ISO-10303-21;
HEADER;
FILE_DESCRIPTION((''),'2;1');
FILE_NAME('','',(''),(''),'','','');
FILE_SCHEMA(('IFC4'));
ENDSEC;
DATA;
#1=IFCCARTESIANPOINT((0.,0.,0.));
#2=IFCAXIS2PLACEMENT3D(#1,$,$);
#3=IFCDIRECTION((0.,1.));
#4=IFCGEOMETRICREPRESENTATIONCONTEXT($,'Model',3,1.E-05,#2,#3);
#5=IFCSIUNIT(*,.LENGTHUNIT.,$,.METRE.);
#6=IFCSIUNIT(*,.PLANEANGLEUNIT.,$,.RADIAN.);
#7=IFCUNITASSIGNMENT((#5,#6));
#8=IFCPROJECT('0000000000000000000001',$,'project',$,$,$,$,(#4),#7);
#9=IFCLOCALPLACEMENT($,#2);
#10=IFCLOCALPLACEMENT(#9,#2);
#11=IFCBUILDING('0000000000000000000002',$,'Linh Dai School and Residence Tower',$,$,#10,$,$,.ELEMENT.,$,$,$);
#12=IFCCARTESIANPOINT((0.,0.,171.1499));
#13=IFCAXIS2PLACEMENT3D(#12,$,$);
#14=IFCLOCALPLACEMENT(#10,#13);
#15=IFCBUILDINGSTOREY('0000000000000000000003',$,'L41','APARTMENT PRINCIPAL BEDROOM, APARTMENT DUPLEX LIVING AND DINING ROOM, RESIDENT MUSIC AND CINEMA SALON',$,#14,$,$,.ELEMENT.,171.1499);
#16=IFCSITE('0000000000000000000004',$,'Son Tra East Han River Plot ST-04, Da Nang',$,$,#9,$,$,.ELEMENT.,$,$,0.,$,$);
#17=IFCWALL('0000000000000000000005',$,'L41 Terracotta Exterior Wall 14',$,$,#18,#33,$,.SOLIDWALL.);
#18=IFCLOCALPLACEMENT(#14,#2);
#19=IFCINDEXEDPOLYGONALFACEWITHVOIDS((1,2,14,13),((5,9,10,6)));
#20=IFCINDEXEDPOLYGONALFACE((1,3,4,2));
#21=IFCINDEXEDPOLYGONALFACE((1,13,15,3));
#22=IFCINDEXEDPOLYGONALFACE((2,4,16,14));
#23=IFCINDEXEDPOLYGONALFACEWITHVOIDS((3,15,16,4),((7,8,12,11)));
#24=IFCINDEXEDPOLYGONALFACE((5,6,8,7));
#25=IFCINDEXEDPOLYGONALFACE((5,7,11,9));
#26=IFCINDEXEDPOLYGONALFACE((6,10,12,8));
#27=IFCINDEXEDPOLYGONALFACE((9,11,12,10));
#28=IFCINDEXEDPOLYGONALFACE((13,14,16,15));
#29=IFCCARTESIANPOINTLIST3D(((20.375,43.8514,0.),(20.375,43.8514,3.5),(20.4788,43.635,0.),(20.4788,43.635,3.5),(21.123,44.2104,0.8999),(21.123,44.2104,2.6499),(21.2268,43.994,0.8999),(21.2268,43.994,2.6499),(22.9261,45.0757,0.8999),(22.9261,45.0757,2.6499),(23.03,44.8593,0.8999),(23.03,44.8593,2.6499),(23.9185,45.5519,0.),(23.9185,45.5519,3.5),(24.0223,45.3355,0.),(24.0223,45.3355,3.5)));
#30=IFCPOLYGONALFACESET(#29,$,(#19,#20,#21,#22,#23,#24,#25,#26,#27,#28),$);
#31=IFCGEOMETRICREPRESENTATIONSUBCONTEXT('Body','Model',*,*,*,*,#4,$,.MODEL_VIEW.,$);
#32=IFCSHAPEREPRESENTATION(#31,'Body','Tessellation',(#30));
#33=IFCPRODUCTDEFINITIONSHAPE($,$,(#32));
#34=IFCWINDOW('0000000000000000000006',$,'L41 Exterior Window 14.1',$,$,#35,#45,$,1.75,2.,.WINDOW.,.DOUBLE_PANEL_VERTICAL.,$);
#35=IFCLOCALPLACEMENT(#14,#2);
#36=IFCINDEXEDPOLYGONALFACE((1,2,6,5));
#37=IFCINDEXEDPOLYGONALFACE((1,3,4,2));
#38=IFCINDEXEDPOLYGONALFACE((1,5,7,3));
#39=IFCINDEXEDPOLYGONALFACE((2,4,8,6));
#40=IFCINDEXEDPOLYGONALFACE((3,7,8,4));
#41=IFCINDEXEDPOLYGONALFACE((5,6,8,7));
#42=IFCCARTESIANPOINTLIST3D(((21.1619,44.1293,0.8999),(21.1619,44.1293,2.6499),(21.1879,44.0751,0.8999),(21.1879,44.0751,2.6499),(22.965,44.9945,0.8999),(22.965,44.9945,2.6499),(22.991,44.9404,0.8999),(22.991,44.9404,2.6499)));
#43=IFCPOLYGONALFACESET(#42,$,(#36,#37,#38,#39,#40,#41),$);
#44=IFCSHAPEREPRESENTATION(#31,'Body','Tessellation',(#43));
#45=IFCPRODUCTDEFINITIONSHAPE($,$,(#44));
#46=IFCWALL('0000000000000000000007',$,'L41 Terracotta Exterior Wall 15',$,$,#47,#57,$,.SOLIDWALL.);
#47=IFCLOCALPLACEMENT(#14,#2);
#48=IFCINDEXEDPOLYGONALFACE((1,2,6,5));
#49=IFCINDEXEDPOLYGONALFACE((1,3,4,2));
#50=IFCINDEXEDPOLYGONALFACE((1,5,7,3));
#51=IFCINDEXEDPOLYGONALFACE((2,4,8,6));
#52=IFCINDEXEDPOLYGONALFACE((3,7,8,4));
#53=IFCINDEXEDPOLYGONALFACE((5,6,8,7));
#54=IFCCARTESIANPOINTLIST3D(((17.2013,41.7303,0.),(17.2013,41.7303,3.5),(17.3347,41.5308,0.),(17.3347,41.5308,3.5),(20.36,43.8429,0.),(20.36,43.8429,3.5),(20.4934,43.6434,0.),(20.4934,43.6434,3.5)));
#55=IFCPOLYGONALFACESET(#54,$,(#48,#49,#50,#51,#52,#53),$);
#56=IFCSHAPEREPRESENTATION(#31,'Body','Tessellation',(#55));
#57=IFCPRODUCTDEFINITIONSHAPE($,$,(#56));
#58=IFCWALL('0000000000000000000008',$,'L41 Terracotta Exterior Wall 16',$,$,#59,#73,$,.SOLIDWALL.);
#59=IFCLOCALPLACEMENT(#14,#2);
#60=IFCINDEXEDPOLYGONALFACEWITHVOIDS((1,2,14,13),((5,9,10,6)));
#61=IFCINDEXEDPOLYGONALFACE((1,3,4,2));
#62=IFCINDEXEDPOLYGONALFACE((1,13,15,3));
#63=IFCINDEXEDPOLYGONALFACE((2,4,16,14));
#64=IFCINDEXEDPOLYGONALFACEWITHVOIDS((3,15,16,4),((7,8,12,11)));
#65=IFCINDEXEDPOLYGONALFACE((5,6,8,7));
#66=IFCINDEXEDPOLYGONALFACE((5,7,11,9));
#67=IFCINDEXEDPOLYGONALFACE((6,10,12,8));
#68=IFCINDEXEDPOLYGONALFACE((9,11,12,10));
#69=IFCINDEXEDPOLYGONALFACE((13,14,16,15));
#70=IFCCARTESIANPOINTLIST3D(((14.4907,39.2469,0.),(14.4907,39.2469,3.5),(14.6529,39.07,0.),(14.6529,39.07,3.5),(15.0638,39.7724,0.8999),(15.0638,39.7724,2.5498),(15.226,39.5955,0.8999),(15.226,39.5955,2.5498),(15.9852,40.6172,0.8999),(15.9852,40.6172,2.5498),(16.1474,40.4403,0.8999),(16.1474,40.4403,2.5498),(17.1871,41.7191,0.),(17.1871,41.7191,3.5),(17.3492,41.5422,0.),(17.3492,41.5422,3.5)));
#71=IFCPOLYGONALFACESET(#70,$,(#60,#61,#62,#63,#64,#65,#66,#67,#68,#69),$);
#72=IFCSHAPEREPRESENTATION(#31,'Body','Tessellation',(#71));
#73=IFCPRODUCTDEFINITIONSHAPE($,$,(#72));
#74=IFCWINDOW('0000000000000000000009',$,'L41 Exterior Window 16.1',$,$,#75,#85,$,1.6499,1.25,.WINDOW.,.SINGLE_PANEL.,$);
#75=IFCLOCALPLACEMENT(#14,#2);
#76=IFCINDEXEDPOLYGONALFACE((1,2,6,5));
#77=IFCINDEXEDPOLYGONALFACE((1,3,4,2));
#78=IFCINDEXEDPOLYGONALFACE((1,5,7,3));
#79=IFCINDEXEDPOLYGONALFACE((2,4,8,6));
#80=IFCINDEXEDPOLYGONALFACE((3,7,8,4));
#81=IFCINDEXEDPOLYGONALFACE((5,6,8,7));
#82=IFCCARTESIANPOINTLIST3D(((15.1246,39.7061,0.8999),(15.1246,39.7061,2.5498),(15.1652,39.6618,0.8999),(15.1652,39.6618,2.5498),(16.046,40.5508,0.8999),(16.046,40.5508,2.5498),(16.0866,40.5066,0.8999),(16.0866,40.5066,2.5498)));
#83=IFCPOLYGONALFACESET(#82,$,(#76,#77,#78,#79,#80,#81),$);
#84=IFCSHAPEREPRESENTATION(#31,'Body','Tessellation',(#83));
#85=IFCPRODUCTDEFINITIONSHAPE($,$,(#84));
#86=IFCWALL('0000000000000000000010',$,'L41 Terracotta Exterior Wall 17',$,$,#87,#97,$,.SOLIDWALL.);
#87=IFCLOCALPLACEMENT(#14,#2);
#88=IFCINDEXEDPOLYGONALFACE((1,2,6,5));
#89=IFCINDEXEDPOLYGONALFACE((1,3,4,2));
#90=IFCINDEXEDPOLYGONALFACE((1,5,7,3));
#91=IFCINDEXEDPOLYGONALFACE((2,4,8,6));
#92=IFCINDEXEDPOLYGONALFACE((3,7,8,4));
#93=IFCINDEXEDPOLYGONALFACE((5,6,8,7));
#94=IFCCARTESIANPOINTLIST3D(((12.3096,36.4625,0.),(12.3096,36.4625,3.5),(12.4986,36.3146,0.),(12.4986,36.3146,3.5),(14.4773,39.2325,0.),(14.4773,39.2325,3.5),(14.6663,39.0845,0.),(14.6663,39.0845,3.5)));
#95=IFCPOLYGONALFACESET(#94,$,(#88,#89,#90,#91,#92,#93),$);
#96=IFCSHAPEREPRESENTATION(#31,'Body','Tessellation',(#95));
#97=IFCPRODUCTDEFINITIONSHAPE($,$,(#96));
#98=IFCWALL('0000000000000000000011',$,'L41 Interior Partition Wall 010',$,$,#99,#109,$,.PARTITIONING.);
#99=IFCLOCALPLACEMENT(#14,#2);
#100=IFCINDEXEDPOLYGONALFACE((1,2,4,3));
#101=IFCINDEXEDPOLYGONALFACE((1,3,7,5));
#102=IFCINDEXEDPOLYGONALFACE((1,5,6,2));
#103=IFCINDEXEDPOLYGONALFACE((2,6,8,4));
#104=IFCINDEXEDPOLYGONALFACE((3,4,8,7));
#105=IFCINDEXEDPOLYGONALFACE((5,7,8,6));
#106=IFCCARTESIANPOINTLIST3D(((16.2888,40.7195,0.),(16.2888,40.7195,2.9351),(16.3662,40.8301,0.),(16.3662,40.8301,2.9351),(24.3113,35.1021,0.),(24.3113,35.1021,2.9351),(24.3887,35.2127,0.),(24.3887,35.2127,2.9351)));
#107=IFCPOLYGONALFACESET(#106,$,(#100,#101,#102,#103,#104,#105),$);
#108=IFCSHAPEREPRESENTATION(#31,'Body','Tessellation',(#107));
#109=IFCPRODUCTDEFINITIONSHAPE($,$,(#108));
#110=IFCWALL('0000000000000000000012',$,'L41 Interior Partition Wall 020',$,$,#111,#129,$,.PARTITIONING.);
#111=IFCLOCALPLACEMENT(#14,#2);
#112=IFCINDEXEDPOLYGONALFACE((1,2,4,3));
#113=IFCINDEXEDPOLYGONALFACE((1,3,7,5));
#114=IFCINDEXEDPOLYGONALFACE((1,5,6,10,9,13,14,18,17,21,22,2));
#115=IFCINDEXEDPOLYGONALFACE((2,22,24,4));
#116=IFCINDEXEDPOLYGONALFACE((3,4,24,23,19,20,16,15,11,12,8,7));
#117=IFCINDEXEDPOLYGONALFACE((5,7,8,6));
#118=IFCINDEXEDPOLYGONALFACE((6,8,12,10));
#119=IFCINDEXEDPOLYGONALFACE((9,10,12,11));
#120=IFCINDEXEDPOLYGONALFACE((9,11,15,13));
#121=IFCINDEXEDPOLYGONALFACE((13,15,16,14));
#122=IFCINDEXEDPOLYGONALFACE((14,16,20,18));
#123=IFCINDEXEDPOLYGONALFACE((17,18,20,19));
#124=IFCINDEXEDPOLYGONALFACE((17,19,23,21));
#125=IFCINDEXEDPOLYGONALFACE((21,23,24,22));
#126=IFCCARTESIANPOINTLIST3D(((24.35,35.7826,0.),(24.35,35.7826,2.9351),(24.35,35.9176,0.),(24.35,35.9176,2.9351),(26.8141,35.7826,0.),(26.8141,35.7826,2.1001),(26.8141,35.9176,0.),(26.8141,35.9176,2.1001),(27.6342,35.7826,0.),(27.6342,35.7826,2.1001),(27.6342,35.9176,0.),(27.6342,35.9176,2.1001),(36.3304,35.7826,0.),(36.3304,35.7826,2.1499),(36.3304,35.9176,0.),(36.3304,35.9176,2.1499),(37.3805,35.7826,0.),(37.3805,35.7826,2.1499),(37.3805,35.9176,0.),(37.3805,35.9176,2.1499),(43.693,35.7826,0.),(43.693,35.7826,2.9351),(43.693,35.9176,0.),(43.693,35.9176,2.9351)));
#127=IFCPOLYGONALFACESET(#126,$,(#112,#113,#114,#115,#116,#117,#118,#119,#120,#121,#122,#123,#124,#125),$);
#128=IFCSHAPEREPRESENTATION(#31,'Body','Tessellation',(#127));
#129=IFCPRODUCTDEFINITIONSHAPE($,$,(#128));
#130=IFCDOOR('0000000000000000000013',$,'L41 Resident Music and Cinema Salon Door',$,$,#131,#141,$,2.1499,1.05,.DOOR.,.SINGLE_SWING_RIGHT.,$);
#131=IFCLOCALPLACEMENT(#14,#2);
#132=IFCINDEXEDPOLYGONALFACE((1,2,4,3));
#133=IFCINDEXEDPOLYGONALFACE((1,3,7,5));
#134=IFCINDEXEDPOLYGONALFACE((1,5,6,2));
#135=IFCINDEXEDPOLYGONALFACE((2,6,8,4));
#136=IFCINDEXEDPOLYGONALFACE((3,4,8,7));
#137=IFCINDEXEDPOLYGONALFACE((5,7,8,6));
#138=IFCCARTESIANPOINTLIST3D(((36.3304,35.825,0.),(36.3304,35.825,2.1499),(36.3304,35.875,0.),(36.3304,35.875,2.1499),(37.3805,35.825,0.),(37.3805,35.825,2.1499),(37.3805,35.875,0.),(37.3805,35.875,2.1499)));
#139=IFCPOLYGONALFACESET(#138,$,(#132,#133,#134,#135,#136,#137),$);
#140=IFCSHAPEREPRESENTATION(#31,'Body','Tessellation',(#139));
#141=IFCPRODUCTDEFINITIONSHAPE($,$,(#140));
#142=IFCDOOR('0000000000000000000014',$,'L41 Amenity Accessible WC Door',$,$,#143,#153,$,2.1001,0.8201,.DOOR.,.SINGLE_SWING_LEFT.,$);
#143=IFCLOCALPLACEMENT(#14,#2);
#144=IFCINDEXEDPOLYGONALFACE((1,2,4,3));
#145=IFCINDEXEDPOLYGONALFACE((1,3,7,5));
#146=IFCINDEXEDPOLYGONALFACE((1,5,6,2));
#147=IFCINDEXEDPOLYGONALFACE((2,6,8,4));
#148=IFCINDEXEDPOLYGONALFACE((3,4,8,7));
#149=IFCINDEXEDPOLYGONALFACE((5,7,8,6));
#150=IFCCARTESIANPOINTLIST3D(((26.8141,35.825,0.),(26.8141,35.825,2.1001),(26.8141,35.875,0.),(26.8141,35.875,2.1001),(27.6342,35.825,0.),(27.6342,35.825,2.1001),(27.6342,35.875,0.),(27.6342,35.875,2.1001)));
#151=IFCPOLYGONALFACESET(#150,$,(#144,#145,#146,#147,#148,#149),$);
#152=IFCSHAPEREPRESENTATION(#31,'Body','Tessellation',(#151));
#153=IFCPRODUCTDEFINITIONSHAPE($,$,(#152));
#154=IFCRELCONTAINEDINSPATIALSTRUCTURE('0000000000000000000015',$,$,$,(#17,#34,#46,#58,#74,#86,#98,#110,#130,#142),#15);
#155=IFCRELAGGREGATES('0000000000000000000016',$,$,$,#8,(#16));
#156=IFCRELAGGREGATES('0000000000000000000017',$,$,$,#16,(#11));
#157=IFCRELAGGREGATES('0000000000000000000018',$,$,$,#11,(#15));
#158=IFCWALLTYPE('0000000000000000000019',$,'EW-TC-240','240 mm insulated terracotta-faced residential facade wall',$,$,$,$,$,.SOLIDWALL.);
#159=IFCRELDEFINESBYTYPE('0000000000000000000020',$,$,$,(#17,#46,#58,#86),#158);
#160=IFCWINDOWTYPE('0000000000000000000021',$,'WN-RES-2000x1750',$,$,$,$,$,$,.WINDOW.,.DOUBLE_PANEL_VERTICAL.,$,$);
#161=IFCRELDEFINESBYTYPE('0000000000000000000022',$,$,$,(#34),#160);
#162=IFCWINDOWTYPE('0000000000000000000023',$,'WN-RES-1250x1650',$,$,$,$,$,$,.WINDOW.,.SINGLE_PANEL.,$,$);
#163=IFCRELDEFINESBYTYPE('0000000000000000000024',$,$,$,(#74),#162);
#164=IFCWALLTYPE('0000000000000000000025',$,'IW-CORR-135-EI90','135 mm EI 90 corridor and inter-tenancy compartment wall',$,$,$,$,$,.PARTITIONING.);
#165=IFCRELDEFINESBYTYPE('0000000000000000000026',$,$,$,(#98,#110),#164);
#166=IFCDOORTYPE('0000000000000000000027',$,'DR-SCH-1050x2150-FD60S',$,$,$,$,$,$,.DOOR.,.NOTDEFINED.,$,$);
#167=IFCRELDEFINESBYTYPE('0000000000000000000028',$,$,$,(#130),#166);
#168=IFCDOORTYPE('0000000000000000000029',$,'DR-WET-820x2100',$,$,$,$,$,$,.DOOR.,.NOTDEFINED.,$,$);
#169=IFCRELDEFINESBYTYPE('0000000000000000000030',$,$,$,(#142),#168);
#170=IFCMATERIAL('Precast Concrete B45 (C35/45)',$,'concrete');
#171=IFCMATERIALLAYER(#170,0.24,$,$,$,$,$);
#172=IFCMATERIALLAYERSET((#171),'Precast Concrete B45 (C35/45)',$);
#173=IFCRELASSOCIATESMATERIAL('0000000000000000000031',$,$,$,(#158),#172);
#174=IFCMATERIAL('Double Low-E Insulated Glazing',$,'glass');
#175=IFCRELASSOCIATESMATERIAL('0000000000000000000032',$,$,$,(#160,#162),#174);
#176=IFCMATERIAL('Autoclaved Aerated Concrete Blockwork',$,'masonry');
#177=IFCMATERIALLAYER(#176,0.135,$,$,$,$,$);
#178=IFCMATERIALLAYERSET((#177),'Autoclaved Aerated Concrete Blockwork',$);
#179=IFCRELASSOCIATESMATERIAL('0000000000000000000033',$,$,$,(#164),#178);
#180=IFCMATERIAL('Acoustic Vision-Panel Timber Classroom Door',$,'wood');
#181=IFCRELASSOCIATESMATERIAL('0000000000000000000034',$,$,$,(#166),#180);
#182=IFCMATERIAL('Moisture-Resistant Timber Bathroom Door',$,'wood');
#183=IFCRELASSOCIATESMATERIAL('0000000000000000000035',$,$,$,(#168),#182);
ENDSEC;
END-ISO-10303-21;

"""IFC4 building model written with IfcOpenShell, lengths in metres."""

from ifc_helpers import new_model, si_unit, direction, frame, frame_2d, origin, origin_2d, place, context, subcontext, project, spatial, rectangle, extrude, source, transform, mapped, material, layer, layer_set, type_object, element, fill, save


model = new_model("IFC4")

# Units and contexts
model_context = context("Model", 3, precision=1e-05, world=origin(), true_north=direction((0.0, 1.0)))
body_context = subcontext(model_context, "Body", "Model", "MODEL_VIEW")
ifc_project = project(units=[si_unit("LENGTHUNIT", "METRE"), si_unit("PLANEANGLEUNIT", "RADIAN")], contexts=[model_context])

# Site, building, storey
site_placement = place(None, origin())
site = spatial("IfcSite", under=ifc_project, at=site_placement, Name="Son Tra East Han River Plot ST-04, Da Nang", CompositionType="ELEMENT", RefElevation=0.0)
building_placement = place(site_placement, origin())
building = spatial("IfcBuilding", under=site, at=building_placement, Name="Linh Dai School and Residence Tower", CompositionType="ELEMENT")
storey_placement = place(building_placement, frame((0.0, 0.0, 171.1499)))
storey = spatial("IfcBuildingStorey", under=building, at=storey_placement, Name="L41", Description="APARTMENT PRINCIPAL BEDROOM, APARTMENT DUPLEX LIVING AND DINING ROOM, RESIDENT MUSIC AND CINEMA SALON", CompositionType="ELEMENT", Elevation=171.1499)

# Shared definitions
ifc_material_1 = material(Name="Precast Concrete B45 (C35/45)", Category="concrete")

# Wall, opening, window
ifc_layer_1 = layer(ifc_material_1, 0.24)
ifc_layer_set_1 = layer_set([ifc_layer_1], Name="Precast Concrete B45 (C35/45)")
wall_type_1 = type_object("IfcWallType", Name="EW-TC-240", Description="240 mm insulated terracotta-faced residential facade wall", PredefinedType="SOLIDWALL", material=ifc_layer_set_1)
ifc_material_2 = material(Name="Double Low-E Insulated Glazing", Category="glass")
window_type_1 = type_object("IfcWindowType", Name="WN-RES-2000x1750", PartitioningType="DOUBLE_PANEL_VERTICAL", PredefinedType="WINDOW", material=ifc_material_2)
shared_shape_1 = source(origin(), body_context, "Body", "SweptSolid", [
    extrude(rectangle(XDim=2.0, YDim=1.75, at=origin_2d()), frame((1.0, 0.03, 0.875), z_axis=(0.0, -1.0, 0.0), x_axis=(1.0, 0.0, 0.0)), (0.0, 0.0, 1.0), 0.0601),
])
wall_1_placement = place(storey_placement, frame((20.4268, 43.7432, 0.0), z_axis=(0.0, 0.0, 1.0), x_axis=(0.901565, 0.432644, 0.0)))
wall_1 = element("IfcWall", 1, at=wall_1_placement, inside=storey, type_object=wall_type_1, Name="L41 Terracotta Exterior Wall 14", PredefinedType="SOLIDWALL", context=body_context, shape_type="SweptSolid", body=[
    extrude(rectangle(XDim=3.9304, YDim=0.24, at=frame_2d((1.9653, 0.0))), origin(), (0.0, 0.0, 1.0), 3.5),
])
opening_1_placement = place(wall_1_placement, frame((0.8298, 0.0, 0.8999)))
opening_1 = element("IfcOpeningElement", 2, at=opening_1_placement, cuts=wall_1, PredefinedType="OPENING", context=body_context, shape_type="SweptSolid", body=[
    extrude(rectangle(XDim=2.0, YDim=1.75, at=origin_2d()), frame((1.0, 0.1299, 0.875), z_axis=(0.0, -1.0, 0.0), x_axis=(1.0, 0.0, 0.0)), (0.0, 0.0, 1.0), 0.26),
])
window_1_placement = place(opening_1_placement, origin())
window_1 = element("IfcWindow", 3, at=window_1_placement, inside=storey, type_object=window_type_1, Name="L41 Exterior Window 14.1", OverallHeight=1.75, OverallWidth=2.0, PartitioningType="DOUBLE_PANEL_VERTICAL", PredefinedType="WINDOW", context=body_context, shape_type="MappedRepresentation", body=[
    mapped(shared_shape_1, transform((0.0, 0.0, 0.0), x_axis=(1.0, 0.0, 0.0), y_axis=(0.0, 1.0, 0.0), z_axis=(0.0, 0.0, 1.0), scale=1.0)),
])
fill(opening_1, window_1)

# Wall
wall_2_placement = place(storey_placement, frame((17.2681, 41.6306, 0.0), z_axis=(0.0, 0.0, 1.0), x_axis=(0.831229, 0.55593, 0.0)))
element("IfcWall", 4, at=wall_2_placement, inside=storey, type_object=wall_type_1, Name="L41 Terracotta Exterior Wall 15", PredefinedType="SOLIDWALL", context=body_context, shape_type="SweptSolid", body=[
    extrude(rectangle(XDim=3.8, YDim=0.24, at=frame_2d((1.8999, 0.0))), origin(), (0.0, 0.0, 1.0), 3.5),
])

# Wall, opening, window
wall_3_placement = place(storey_placement, frame((14.5718, 39.1584, 0.0), z_axis=(0.0, 0.0, 1.0), x_axis=(0.737077, 0.675809, 0.0)))
wall_3 = element("IfcWall", 5, at=wall_3_placement, inside=storey, type_object=wall_type_1, Name="L41 Terracotta Exterior Wall 16", PredefinedType="SOLIDWALL", context=body_context, shape_type="SweptSolid", body=[
    extrude(rectangle(XDim=3.6582, YDim=0.24, at=frame_2d((1.8291, 0.0))), origin(), (0.0, 0.0, 1.0), 3.5),
])
opening_2_placement = place(wall_3_placement, frame((0.7776, 0.0, 0.8999)))
opening_2 = element("IfcOpeningElement", 6, at=opening_2_placement, cuts=wall_3, PredefinedType="OPENING", context=body_context, shape_type="SweptSolid", body=[
    extrude(rectangle(XDim=1.25, YDim=1.6499, at=origin_2d()), frame((0.625, 0.1299, 0.825), z_axis=(0.0, -1.0, 0.0), x_axis=(1.0, 0.0, 0.0)), (0.0, 0.0, 1.0), 0.26),
])
window_type_2 = type_object("IfcWindowType", Name="WN-RES-1250x1650", PartitioningType="SINGLE_PANEL", PredefinedType="WINDOW", material=ifc_material_2)
shared_shape_2 = source(origin(), body_context, "Body", "SweptSolid", [
    extrude(rectangle(XDim=1.25, YDim=1.6499, at=origin_2d()), frame((0.625, 0.03, 0.825), z_axis=(0.0, -1.0, 0.0), x_axis=(1.0, 0.0, 0.0)), (0.0, 0.0, 1.0), 0.0601),
])
window_2_placement = place(opening_2_placement, origin())
window_2 = element("IfcWindow", 7, at=window_2_placement, inside=storey, type_object=window_type_2, Name="L41 Exterior Window 16.1", OverallHeight=1.6499, OverallWidth=1.25, PartitioningType="SINGLE_PANEL", PredefinedType="WINDOW", context=body_context, shape_type="MappedRepresentation", body=[
    mapped(shared_shape_2, transform((0.0, 0.0, 0.0), x_axis=(1.0, 0.0, 0.0), y_axis=(0.0, 1.0, 0.0), z_axis=(0.0, 0.0, 1.0), scale=1.0)),
])
fill(opening_2, window_2)

# Walls
wall_4_placement = place(storey_placement, frame((12.4041, 36.3884, 0.0), z_axis=(0.0, 0.0, 1.0), x_axis=(0.616288, 0.787521, 0.0)))
element("IfcWall", 8, at=wall_4_placement, inside=storey, type_object=wall_type_1, Name="L41 Terracotta Exterior Wall 17", PredefinedType="SOLIDWALL", context=body_context, shape_type="SweptSolid", body=[
    extrude(rectangle(XDim=3.5173, YDim=0.24, at=frame_2d((1.7588, 0.0))), origin(), (0.0, 0.0, 1.0), 3.5),
])
ifc_material_3 = material(Name="Autoclaved Aerated Concrete Blockwork", Category="masonry")
ifc_layer_2 = layer(ifc_material_3, 0.135)
ifc_layer_set_2 = layer_set([ifc_layer_2], Name="Autoclaved Aerated Concrete Blockwork")
wall_type_2 = type_object("IfcWallType", Name="IW-CORR-135-EI90", Description="135 mm EI 90 corridor and inter-tenancy compartment wall", PredefinedType="PARTITIONING", material=ifc_layer_set_2)
wall_5_placement = place(storey_placement, frame((16.3274, 40.7749, 0.0), z_axis=(0.0, 0.0, 1.0), x_axis=(0.81915, -0.573579, 0.0)))
element("IfcWall", 9, at=wall_5_placement, inside=storey, type_object=wall_type_2, Name="L41 Interior Partition Wall 010", PredefinedType="PARTITIONING", context=body_context, shape_type="SweptSolid", body=[
    extrude(rectangle(XDim=9.7937, YDim=0.135, at=frame_2d((4.897, 0.0))), origin(), (0.0, 0.0, 1.0), 2.9351),
])

# Wall, openings, doors
wall_6_placement = place(storey_placement, frame((24.3501, 35.8501, 0.0), z_axis=(0.0, 0.0, 1.0), x_axis=(1.0, 0.0, 0.0)))
wall_6 = element("IfcWall", 10, at=wall_6_placement, inside=storey, type_object=wall_type_2, Name="L41 Interior Partition Wall 020", PredefinedType="PARTITIONING", context=body_context, shape_type="SweptSolid", body=[
    extrude(rectangle(XDim=19.343, YDim=0.135, at=frame_2d((9.6714, 0.0))), origin(), (0.0, 0.0, 1.0), 2.9351),
])
opening_3_placement = place(wall_6_placement, frame((11.9805, 0.0, 0.0)))
opening_3 = element("IfcOpeningElement", 11, at=opening_3_placement, cuts=wall_6, PredefinedType="OPENING", context=body_context, shape_type="SweptSolid", body=[
    extrude(rectangle(XDim=1.05, YDim=2.1499, at=origin_2d()), frame((0.5249, 0.0776, 1.075), z_axis=(0.0, -1.0, 0.0), x_axis=(1.0, 0.0, 0.0)), (0.0, 0.0, 1.0), 0.155),
])
opening_4_placement = place(wall_6_placement, frame((2.4639, 0.0, 0.0)))
opening_4 = element("IfcOpeningElement", 12, at=opening_4_placement, cuts=wall_6, PredefinedType="OPENING", context=body_context, shape_type="SweptSolid", body=[
    extrude(rectangle(XDim=0.8201, YDim=2.1001, at=origin_2d()), frame((0.4102, 0.0776, 1.05), z_axis=(0.0, -1.0, 0.0), x_axis=(1.0, 0.0, 0.0)), (0.0, 0.0, 1.0), 0.155),
])
ifc_material_4 = material(Name="Acoustic Vision-Panel Timber Classroom Door", Category="wood")
door_type_1 = type_object("IfcDoorType", Name="DR-SCH-1050x2150-FD60S", OperationType="NOTDEFINED", PredefinedType="DOOR", material=ifc_material_4)
shared_shape_3 = source(origin(), body_context, "Body", "SweptSolid", [
    extrude(rectangle(XDim=1.05, YDim=2.1499, at=origin_2d()), frame((0.5249, 0.0249, 1.075), z_axis=(0.0, -1.0, 0.0), x_axis=(1.0, 0.0, 0.0)), (0.0, 0.0, 1.0), 0.05),
])
door_1_placement = place(opening_3_placement, origin())
door_1 = element("IfcDoor", 13, at=door_1_placement, inside=storey, type_object=door_type_1, Name="L41 Resident Music and Cinema Salon Door", OperationType="SINGLE_SWING_RIGHT", OverallHeight=2.1499, OverallWidth=1.05, PredefinedType="DOOR", context=body_context, shape_type="MappedRepresentation", body=[
    mapped(shared_shape_3, transform((0.0, 0.0, 0.0), x_axis=(1.0, 0.0, 0.0), y_axis=(0.0, 1.0, 0.0), z_axis=(0.0, 0.0, 1.0), scale=1.0)),
])
fill(opening_3, door_1)
ifc_material_5 = material(Name="Moisture-Resistant Timber Bathroom Door", Category="wood")
door_type_2 = type_object("IfcDoorType", Name="DR-WET-820x2100", OperationType="NOTDEFINED", PredefinedType="DOOR", material=ifc_material_5)
shared_shape_4 = source(origin(), body_context, "Body", "SweptSolid", [
    extrude(rectangle(XDim=0.8201, YDim=2.1001, at=origin_2d()), frame((0.4102, 0.0249, 1.05), z_axis=(0.0, -1.0, 0.0), x_axis=(1.0, 0.0, 0.0)), (0.0, 0.0, 1.0), 0.05),
])
door_2_placement = place(opening_4_placement, origin())
door_2 = element("IfcDoor", 14, at=door_2_placement, inside=storey, type_object=door_type_2, Name="L41 Amenity Accessible WC Door", OperationType="SINGLE_SWING_LEFT", OverallHeight=2.1001, OverallWidth=0.8201, PredefinedType="DOOR", context=body_context, shape_type="MappedRepresentation", body=[
    mapped(shared_shape_4, transform((0.0, 0.0, 0.0), x_axis=(1.0, 0.0, 0.0), y_axis=(0.0, 1.0, 0.0), z_axis=(0.0, 0.0, 1.0), scale=1.0)),
])
fill(opening_4, door_2)

save(model, "model.ifc")
